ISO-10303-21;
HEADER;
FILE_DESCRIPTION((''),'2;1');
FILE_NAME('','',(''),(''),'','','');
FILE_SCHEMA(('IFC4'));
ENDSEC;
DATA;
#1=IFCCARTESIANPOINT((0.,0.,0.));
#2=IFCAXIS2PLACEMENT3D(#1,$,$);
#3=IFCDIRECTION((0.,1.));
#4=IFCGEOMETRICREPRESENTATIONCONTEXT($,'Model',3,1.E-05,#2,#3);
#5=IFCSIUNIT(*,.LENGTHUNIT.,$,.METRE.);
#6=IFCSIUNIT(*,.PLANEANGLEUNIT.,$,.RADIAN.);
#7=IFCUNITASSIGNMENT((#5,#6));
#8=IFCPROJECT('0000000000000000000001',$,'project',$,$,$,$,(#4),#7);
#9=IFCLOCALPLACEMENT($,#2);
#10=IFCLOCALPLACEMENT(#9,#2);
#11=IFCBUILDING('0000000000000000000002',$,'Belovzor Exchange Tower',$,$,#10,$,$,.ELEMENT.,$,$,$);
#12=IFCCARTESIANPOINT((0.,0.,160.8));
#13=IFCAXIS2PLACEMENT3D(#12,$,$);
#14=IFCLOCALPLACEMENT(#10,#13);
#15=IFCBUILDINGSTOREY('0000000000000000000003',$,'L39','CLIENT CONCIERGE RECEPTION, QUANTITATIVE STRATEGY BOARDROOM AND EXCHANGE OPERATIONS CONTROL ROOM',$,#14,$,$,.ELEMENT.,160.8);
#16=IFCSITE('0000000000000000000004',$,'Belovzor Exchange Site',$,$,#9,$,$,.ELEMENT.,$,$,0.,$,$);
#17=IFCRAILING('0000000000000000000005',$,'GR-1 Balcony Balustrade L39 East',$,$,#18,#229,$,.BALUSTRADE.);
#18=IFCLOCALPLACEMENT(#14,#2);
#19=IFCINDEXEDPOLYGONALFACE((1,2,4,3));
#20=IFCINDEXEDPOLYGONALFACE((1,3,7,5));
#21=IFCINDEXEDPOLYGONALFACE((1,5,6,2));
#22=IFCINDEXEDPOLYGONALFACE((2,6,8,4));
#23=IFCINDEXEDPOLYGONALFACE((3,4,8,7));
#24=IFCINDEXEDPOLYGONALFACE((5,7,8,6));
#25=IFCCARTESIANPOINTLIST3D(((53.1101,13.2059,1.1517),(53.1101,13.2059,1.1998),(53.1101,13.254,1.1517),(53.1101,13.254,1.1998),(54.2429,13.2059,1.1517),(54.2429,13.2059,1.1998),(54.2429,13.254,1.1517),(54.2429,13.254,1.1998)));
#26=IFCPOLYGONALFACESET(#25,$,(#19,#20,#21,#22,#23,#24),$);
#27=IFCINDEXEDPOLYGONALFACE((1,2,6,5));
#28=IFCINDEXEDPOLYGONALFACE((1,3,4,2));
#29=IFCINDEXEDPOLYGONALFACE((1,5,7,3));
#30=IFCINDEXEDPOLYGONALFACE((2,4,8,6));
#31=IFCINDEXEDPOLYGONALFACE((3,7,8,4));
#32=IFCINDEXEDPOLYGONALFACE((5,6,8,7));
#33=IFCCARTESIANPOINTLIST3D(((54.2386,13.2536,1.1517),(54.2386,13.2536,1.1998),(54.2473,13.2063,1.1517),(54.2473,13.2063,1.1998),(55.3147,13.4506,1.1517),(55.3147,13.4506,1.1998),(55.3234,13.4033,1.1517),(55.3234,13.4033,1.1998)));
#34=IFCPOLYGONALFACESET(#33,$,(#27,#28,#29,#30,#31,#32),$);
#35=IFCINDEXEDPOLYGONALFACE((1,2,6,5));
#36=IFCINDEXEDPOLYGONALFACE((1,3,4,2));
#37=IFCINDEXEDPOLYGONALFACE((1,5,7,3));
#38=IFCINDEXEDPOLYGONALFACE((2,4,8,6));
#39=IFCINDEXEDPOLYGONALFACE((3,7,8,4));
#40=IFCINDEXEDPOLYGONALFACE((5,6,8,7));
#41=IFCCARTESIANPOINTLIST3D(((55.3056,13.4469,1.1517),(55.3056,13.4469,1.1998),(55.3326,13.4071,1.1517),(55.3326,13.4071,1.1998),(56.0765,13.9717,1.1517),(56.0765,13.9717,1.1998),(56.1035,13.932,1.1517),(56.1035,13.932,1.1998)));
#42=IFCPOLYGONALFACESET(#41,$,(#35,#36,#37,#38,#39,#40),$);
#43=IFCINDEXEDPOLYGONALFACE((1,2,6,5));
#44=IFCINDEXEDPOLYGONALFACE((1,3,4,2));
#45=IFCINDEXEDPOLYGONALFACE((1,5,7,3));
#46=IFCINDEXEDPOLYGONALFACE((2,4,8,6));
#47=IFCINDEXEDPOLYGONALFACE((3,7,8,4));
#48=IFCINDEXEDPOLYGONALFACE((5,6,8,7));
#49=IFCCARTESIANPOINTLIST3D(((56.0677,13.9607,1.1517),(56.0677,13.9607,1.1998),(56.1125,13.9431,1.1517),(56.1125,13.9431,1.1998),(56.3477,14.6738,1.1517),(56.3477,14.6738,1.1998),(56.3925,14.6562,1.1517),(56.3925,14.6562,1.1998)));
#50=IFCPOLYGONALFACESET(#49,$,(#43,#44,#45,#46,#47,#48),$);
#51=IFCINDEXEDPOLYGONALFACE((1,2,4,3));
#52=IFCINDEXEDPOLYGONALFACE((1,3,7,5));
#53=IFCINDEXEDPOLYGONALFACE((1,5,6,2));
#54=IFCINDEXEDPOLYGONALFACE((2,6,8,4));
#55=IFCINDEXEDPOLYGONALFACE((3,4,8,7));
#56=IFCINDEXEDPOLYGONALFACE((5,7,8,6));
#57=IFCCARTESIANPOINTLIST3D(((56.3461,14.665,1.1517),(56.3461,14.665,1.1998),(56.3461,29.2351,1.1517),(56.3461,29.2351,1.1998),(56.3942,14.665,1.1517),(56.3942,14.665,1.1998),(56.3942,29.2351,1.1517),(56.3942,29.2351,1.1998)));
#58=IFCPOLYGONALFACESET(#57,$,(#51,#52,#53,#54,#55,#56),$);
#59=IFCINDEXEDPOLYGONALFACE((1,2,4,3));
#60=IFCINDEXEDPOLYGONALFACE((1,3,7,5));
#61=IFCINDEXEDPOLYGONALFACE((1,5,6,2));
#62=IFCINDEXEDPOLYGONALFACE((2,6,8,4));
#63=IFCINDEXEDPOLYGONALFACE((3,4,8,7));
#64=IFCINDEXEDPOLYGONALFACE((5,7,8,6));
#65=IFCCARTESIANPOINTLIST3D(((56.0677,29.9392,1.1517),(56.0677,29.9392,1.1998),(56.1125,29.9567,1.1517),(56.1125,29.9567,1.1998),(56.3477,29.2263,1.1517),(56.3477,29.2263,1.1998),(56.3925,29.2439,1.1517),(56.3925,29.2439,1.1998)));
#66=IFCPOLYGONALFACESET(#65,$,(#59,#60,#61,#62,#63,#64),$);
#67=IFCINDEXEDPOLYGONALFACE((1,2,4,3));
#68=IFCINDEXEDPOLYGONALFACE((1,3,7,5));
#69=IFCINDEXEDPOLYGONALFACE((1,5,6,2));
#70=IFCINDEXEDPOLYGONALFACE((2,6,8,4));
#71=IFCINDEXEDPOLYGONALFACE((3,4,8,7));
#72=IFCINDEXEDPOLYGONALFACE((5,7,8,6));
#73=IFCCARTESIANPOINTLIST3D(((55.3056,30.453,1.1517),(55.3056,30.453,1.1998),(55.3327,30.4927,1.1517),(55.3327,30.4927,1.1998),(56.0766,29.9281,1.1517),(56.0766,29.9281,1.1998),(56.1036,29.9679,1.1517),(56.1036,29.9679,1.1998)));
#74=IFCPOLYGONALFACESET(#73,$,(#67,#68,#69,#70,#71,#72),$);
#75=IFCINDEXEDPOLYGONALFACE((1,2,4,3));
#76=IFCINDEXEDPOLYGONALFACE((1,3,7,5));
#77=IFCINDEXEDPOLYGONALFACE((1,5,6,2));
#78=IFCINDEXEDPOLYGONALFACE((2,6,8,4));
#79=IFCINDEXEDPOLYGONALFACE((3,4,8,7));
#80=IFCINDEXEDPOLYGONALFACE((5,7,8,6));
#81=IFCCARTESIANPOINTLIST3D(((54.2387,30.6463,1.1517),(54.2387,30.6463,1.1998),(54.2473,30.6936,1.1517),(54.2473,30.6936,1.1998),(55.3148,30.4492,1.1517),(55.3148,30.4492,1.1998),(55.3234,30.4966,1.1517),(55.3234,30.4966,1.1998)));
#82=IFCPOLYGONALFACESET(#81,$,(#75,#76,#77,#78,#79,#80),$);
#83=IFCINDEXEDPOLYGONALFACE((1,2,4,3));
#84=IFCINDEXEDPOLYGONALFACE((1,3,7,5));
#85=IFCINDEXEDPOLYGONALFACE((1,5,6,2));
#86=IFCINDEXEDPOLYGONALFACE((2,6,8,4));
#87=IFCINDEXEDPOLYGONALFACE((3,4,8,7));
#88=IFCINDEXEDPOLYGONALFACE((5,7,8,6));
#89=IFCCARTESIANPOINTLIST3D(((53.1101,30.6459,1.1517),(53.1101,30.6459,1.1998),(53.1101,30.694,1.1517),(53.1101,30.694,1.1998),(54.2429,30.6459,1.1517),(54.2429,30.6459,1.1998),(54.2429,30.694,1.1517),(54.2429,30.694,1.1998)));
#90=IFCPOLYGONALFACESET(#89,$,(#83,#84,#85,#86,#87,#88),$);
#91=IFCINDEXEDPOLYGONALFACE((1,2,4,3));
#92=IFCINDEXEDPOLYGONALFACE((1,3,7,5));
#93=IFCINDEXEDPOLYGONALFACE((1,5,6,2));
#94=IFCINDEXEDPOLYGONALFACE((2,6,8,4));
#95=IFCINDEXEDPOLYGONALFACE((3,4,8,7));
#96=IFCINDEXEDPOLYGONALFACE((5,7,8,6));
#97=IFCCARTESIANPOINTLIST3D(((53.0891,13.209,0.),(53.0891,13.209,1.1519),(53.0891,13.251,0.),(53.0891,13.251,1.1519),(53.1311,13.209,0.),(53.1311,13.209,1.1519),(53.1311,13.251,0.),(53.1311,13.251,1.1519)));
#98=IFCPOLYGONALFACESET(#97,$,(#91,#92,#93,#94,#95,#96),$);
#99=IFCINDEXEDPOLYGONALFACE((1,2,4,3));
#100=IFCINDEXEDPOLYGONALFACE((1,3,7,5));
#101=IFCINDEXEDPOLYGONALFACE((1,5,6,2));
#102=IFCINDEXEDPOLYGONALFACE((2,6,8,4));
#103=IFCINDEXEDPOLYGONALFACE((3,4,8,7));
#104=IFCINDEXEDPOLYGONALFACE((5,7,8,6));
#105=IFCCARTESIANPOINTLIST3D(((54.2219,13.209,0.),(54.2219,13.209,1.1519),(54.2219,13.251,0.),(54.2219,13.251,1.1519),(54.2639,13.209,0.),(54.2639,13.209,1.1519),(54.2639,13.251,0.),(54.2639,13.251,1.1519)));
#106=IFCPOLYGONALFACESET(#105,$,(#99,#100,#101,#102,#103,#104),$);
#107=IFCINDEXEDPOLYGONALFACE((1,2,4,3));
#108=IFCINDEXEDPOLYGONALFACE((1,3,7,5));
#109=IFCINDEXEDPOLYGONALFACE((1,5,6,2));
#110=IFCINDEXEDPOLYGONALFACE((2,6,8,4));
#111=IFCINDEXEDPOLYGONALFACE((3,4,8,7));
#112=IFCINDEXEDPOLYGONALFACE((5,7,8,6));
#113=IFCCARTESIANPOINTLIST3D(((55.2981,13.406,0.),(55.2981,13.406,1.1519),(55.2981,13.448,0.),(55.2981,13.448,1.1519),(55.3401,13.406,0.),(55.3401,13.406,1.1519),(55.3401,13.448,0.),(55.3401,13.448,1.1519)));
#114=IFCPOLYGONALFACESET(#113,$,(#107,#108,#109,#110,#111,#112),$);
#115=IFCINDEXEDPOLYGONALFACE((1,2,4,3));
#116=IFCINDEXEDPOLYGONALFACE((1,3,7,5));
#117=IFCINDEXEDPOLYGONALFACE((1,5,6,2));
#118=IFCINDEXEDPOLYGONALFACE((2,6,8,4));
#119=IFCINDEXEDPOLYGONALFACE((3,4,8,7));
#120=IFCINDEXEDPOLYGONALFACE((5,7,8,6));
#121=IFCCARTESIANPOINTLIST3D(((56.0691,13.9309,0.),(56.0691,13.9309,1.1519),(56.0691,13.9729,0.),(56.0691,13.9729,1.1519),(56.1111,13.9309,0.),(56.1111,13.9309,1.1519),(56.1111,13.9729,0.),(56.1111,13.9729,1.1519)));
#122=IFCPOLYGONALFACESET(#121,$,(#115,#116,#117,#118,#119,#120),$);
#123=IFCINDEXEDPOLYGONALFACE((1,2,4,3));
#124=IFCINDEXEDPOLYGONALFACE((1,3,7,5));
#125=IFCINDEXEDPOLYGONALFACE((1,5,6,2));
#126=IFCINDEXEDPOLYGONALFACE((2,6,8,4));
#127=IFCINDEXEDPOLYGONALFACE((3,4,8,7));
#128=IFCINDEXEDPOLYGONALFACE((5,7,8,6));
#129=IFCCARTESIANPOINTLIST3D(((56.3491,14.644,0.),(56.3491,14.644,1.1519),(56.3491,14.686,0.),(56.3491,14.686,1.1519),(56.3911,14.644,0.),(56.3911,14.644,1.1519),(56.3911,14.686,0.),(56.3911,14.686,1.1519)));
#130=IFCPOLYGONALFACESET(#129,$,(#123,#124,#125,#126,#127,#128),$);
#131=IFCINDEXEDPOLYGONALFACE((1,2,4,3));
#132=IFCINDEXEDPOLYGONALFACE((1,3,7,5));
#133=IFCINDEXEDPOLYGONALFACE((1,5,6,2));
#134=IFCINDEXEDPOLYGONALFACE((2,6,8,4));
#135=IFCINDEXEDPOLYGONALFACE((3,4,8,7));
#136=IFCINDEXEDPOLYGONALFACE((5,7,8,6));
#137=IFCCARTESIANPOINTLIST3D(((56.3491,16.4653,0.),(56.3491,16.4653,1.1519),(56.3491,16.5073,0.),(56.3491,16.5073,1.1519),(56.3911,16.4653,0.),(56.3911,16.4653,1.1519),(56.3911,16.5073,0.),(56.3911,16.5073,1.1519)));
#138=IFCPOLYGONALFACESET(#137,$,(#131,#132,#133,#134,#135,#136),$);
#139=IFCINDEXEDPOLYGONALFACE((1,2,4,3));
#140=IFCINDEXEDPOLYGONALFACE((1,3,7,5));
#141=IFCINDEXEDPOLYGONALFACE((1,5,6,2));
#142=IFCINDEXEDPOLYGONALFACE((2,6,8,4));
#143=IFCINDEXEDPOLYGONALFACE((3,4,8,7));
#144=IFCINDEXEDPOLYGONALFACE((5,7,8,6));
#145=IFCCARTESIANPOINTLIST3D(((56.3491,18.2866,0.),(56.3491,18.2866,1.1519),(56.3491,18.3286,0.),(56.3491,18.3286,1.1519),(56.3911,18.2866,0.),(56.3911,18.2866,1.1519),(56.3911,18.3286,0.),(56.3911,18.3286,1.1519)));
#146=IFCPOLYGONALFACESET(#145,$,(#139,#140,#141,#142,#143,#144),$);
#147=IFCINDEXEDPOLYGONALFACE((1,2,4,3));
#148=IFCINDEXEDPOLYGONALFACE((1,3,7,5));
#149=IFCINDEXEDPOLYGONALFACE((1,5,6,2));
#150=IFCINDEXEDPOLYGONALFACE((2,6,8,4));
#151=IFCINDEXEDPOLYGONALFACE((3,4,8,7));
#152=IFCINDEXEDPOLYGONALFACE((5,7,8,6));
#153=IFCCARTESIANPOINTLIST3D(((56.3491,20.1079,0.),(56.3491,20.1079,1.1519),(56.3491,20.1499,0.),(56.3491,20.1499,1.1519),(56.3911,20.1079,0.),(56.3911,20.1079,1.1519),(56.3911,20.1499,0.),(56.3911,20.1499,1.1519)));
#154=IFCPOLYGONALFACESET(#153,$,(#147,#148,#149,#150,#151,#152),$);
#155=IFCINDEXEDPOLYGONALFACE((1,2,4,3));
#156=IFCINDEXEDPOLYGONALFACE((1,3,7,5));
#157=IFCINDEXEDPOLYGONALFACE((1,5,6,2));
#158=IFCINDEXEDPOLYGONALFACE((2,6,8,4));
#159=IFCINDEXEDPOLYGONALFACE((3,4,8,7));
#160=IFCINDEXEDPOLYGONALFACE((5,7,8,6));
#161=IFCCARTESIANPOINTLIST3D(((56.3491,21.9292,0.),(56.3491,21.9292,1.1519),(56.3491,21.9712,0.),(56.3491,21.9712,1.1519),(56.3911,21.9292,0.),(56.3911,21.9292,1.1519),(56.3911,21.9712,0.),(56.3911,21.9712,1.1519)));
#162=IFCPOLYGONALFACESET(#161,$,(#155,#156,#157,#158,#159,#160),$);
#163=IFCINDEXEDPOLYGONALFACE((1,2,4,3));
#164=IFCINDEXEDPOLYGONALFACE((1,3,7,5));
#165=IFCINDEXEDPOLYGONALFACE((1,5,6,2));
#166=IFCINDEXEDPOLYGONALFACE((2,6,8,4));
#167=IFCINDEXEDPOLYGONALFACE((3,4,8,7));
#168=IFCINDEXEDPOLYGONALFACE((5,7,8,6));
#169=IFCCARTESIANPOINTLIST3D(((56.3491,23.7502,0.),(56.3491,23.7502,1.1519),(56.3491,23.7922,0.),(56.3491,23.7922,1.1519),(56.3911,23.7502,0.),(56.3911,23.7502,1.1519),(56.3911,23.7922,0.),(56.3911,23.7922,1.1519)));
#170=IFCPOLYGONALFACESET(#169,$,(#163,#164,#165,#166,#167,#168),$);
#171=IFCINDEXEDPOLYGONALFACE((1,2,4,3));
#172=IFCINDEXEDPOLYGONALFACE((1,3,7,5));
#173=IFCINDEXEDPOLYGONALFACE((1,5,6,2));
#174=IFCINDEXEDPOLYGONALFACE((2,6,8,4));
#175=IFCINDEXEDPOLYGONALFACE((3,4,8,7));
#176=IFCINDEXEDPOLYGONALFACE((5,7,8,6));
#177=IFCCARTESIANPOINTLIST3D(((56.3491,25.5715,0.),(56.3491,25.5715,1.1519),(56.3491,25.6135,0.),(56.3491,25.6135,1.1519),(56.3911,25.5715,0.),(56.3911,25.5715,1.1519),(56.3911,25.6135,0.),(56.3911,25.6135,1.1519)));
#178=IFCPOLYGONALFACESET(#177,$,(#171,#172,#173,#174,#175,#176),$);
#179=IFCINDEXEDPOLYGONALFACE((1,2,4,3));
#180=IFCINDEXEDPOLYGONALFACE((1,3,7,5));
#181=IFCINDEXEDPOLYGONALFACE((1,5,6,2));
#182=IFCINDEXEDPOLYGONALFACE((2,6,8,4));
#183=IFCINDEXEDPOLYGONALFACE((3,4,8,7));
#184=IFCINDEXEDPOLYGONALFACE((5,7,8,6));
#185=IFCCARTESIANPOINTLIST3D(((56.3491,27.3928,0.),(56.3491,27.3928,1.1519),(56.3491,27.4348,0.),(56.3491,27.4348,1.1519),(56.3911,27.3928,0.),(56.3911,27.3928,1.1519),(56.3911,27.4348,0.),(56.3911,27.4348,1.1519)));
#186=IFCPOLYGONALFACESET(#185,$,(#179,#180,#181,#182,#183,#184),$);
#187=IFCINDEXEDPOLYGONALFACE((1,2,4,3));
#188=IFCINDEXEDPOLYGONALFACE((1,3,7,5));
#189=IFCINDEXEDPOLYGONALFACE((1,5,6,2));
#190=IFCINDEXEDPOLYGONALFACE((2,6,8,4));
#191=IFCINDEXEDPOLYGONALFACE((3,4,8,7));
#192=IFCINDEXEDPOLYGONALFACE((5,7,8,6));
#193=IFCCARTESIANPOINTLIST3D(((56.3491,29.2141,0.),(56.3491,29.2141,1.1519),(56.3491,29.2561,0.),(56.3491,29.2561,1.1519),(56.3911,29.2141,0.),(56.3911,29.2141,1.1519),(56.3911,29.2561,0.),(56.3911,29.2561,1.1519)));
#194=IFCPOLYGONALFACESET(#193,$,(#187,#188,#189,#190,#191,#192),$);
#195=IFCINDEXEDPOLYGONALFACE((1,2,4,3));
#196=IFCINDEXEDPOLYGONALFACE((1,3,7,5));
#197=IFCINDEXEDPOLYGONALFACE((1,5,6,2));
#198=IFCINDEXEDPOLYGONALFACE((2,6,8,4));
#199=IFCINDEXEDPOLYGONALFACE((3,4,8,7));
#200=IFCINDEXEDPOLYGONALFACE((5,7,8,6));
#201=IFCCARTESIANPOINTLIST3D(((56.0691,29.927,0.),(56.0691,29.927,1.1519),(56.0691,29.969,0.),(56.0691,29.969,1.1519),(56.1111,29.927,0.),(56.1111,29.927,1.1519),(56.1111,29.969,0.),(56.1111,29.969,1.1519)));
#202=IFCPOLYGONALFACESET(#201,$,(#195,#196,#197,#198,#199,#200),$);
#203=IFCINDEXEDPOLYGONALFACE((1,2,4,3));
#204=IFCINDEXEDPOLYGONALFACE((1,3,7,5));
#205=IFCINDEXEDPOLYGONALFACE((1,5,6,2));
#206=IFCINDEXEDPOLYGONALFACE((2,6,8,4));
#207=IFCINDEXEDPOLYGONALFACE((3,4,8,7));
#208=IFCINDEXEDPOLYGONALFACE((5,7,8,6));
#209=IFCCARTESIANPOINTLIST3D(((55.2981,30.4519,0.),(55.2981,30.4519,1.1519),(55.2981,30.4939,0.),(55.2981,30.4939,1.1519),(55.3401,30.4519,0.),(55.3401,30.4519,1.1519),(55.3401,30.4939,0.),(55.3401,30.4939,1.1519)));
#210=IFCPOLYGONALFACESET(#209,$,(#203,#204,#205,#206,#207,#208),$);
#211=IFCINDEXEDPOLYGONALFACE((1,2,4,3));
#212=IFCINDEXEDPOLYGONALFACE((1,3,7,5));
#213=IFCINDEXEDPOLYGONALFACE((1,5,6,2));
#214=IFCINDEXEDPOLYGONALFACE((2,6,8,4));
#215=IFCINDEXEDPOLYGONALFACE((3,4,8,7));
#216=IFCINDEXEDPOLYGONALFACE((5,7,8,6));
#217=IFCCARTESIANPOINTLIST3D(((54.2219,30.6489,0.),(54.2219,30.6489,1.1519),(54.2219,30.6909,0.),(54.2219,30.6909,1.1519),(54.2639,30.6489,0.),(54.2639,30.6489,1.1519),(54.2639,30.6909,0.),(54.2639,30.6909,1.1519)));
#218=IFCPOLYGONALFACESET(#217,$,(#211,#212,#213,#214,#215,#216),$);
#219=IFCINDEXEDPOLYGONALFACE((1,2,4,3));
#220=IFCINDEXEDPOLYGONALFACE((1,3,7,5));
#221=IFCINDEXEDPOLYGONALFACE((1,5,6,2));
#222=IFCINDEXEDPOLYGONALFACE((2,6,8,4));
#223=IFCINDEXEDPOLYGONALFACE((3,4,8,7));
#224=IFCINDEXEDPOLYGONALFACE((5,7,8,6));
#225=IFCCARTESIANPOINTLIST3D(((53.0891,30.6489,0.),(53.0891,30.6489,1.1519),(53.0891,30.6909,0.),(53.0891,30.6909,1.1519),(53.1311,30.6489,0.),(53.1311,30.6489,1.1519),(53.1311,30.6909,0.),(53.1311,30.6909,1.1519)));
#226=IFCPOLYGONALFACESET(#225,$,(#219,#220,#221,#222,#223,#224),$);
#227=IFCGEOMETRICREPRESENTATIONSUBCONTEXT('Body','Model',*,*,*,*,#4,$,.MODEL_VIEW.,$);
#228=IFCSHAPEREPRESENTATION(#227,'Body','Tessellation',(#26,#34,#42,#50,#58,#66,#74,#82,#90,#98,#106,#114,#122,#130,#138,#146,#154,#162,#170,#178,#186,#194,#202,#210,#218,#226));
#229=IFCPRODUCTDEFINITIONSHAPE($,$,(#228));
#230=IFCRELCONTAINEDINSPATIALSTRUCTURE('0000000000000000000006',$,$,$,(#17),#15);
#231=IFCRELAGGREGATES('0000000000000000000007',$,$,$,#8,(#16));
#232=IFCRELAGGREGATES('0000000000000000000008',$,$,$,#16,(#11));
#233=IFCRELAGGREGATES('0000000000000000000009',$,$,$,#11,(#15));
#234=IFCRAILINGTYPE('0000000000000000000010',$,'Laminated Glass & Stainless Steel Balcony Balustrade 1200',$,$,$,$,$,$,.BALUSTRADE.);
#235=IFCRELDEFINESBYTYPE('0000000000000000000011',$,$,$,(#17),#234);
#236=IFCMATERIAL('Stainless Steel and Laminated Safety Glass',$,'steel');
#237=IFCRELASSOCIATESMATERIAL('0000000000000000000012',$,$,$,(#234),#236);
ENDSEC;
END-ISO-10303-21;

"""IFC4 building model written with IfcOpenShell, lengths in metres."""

from ifc_helpers import new_model, si_unit, direction, frame, origin, origin_2d, place, context, subcontext, project, spatial, rectangle, extrude, material, type_object, element, save


model = new_model("IFC4")

# Units and contexts
model_context = context("Model", 3, precision=1e-05, world=origin(), true_north=direction((0.0, 1.0)))
body_context = subcontext(model_context, "Body", "Model", "MODEL_VIEW")
ifc_project = project(units=[si_unit("LENGTHUNIT", "METRE"), si_unit("PLANEANGLEUNIT", "RADIAN")], contexts=[model_context])

# Site, building, storey
site_placement = place(None, origin())
site = spatial("IfcSite", under=ifc_project, at=site_placement, Name="Belovzor Exchange Site", CompositionType="ELEMENT", RefElevation=0.0)
building_placement = place(site_placement, origin())
building = spatial("IfcBuilding", under=site, at=building_placement, Name="Belovzor Exchange Tower", CompositionType="ELEMENT")
storey_placement = place(building_placement, frame((0.0, 0.0, 160.8)))
storey = spatial("IfcBuildingStorey", under=building, at=storey_placement, Name="L39", Description="CLIENT CONCIERGE RECEPTION, QUANTITATIVE STRATEGY BOARDROOM AND EXCHANGE OPERATIONS CONTROL ROOM", CompositionType="ELEMENT", Elevation=160.8)

# Railing
ifc_material_1 = material(Name="Stainless Steel and Laminated Safety Glass", Category="steel")
railing_type = type_object("IfcRailingType", Name="Laminated Glass & Stainless Steel Balcony Balustrade 1200", PredefinedType="BALUSTRADE", material=ifc_material_1)
railing_placement = place(storey_placement, frame((53.1101, 13.23, 0.0)))
element("IfcRailing", 1, at=railing_placement, inside=storey, type_object=railing_type, Name="GR-1 Balcony Balustrade L39 East", PredefinedType="BALUSTRADE", context=body_context, shape_type="SweptSolid", body=[
    extrude(rectangle(XDim=0.0481, YDim=0.0481, at=origin_2d()), frame((0.0, 0.0, 1.1758), z_axis=(1.0, 0.0, 0.0), x_axis=(0.0, 1.0, 0.0)), (0.0, 0.0, 1.0), 1.1328),
    extrude(rectangle(XDim=0.0481, YDim=0.0481, at=origin_2d()), frame((1.1328, 0.0, 1.1758), z_axis=(0.983651, 0.180083, 0.0), x_axis=(-0.180083, 0.983651, 0.0)), (0.0, 0.0, 1.0), 1.094),
    extrude(rectangle(XDim=0.0481, YDim=0.0481, at=origin_2d()), frame((2.209, 0.197, 1.1758), z_axis=(0.826615, 0.562768, 0.0), x_axis=(-0.562768, 0.826615, 0.0)), (0.0, 0.0, 1.0), 0.9326),
    extrude(rectangle(XDim=0.0481, YDim=0.0481, at=origin_2d()), frame((2.98, 0.7219, 1.1758), z_axis=(0.365504, 0.93081, 0.0), x_axis=(-0.93081, 0.365504, 0.0)), (0.0, 0.0, 1.0), 0.7661),
    extrude(rectangle(XDim=0.0481, YDim=0.0481, at=origin_2d()), frame((3.26, 1.4351, 1.1758), z_axis=(0.0, 1.0, 0.0), x_axis=(-1.0, 0.0, 0.0)), (0.0, 0.0, 1.0), 14.5701),
    extrude(rectangle(XDim=0.0481, YDim=0.0481, at=origin_2d()), frame((3.26, 16.0051, 1.1758), z_axis=(-0.365613, 0.930767, 0.0), x_axis=(-0.930767, -0.365613, 0.0)), (0.0, 0.0, 1.0), 0.7659),
    extrude(rectangle(XDim=0.0481, YDim=0.0481, at=origin_2d()), frame((2.98, 16.718, 1.1758), z_axis=(-0.826615, 0.562768, 0.0), x_axis=(-0.562768, -0.826615, 0.0)), (0.0, 0.0, 1.0), 0.9326),
    extrude(rectangle(XDim=0.0481, YDim=0.0481, at=origin_2d()), frame((2.209, 17.2429, 1.1758), z_axis=(-0.983651, 0.180083, 0.0), x_axis=(-0.180083, -0.983651, 0.0)), (0.0, 0.0, 1.0), 1.094),
    extrude(rectangle(XDim=0.0481, YDim=0.0481, at=origin_2d()), frame((1.1328, 17.4399, 1.1758), z_axis=(-1.0, 0.0, 0.0), x_axis=(0.0, -1.0, 0.0)), (0.0, 0.0, 1.0), 1.1328),
    extrude(rectangle(XDim=0.042, YDim=0.042, at=origin_2d()), origin(), (0.0, 0.0, 1.0), 1.1519),
    extrude(rectangle(XDim=0.042, YDim=0.042, at=origin_2d()), frame((1.1328, 0.0, 0.0)), (0.0, 0.0, 1.0), 1.1519),
    extrude(rectangle(XDim=0.042, YDim=0.042, at=origin_2d()), frame((2.209, 0.197, 0.0)), (0.0, 0.0, 1.0), 1.1519),
    extrude(rectangle(XDim=0.042, YDim=0.042, at=origin_2d()), frame((2.98, 0.7219, 0.0)), (0.0, 0.0, 1.0), 1.1519),
    extrude(rectangle(XDim=0.042, YDim=0.042, at=origin_2d()), frame((3.26, 1.4351, 0.0)), (0.0, 0.0, 1.0), 1.1519),
    extrude(rectangle(XDim=0.042, YDim=0.042, at=origin_2d()), frame((3.26, 3.2563, 0.0)), (0.0, 0.0, 1.0), 1.1519),
    extrude(rectangle(XDim=0.042, YDim=0.042, at=origin_2d()), frame((3.26, 5.0776, 0.0)), (0.0, 0.0, 1.0), 1.1519),
    extrude(rectangle(XDim=0.042, YDim=0.042, at=origin_2d()), frame((3.26, 6.8989, 0.0)), (0.0, 0.0, 1.0), 1.1519),
    extrude(rectangle(XDim=0.042, YDim=0.042, at=origin_2d()), frame((3.26, 8.7202, 0.0)), (0.0, 0.0, 1.0), 1.1519),
    extrude(rectangle(XDim=0.042, YDim=0.042, at=origin_2d()), frame((3.26, 10.5413, 0.0)), (0.0, 0.0, 1.0), 1.1519),
    extrude(rectangle(XDim=0.042, YDim=0.042, at=origin_2d()), frame((3.26, 12.3625, 0.0)), (0.0, 0.0, 1.0), 1.1519),
    extrude(rectangle(XDim=0.042, YDim=0.042, at=origin_2d()), frame((3.26, 14.1838, 0.0)), (0.0, 0.0, 1.0), 1.1519),
    extrude(rectangle(XDim=0.042, YDim=0.042, at=origin_2d()), frame((3.26, 16.0051, 0.0)), (0.0, 0.0, 1.0), 1.1519),
    extrude(rectangle(XDim=0.042, YDim=0.042, at=origin_2d()), frame((2.98, 16.718, 0.0)), (0.0, 0.0, 1.0), 1.1519),
    extrude(rectangle(XDim=0.042, YDim=0.042, at=origin_2d()), frame((2.209, 17.2429, 0.0)), (0.0, 0.0, 1.0), 1.1519),
    extrude(rectangle(XDim=0.042, YDim=0.042, at=origin_2d()), frame((1.1328, 17.4399, 0.0)), (0.0, 0.0, 1.0), 1.1519),
    extrude(rectangle(XDim=0.042, YDim=0.042, at=origin_2d()), frame((0.0, 17.4399, 0.0)), (0.0, 0.0, 1.0), 1.1519),
])

save(model, "model.ifc")
